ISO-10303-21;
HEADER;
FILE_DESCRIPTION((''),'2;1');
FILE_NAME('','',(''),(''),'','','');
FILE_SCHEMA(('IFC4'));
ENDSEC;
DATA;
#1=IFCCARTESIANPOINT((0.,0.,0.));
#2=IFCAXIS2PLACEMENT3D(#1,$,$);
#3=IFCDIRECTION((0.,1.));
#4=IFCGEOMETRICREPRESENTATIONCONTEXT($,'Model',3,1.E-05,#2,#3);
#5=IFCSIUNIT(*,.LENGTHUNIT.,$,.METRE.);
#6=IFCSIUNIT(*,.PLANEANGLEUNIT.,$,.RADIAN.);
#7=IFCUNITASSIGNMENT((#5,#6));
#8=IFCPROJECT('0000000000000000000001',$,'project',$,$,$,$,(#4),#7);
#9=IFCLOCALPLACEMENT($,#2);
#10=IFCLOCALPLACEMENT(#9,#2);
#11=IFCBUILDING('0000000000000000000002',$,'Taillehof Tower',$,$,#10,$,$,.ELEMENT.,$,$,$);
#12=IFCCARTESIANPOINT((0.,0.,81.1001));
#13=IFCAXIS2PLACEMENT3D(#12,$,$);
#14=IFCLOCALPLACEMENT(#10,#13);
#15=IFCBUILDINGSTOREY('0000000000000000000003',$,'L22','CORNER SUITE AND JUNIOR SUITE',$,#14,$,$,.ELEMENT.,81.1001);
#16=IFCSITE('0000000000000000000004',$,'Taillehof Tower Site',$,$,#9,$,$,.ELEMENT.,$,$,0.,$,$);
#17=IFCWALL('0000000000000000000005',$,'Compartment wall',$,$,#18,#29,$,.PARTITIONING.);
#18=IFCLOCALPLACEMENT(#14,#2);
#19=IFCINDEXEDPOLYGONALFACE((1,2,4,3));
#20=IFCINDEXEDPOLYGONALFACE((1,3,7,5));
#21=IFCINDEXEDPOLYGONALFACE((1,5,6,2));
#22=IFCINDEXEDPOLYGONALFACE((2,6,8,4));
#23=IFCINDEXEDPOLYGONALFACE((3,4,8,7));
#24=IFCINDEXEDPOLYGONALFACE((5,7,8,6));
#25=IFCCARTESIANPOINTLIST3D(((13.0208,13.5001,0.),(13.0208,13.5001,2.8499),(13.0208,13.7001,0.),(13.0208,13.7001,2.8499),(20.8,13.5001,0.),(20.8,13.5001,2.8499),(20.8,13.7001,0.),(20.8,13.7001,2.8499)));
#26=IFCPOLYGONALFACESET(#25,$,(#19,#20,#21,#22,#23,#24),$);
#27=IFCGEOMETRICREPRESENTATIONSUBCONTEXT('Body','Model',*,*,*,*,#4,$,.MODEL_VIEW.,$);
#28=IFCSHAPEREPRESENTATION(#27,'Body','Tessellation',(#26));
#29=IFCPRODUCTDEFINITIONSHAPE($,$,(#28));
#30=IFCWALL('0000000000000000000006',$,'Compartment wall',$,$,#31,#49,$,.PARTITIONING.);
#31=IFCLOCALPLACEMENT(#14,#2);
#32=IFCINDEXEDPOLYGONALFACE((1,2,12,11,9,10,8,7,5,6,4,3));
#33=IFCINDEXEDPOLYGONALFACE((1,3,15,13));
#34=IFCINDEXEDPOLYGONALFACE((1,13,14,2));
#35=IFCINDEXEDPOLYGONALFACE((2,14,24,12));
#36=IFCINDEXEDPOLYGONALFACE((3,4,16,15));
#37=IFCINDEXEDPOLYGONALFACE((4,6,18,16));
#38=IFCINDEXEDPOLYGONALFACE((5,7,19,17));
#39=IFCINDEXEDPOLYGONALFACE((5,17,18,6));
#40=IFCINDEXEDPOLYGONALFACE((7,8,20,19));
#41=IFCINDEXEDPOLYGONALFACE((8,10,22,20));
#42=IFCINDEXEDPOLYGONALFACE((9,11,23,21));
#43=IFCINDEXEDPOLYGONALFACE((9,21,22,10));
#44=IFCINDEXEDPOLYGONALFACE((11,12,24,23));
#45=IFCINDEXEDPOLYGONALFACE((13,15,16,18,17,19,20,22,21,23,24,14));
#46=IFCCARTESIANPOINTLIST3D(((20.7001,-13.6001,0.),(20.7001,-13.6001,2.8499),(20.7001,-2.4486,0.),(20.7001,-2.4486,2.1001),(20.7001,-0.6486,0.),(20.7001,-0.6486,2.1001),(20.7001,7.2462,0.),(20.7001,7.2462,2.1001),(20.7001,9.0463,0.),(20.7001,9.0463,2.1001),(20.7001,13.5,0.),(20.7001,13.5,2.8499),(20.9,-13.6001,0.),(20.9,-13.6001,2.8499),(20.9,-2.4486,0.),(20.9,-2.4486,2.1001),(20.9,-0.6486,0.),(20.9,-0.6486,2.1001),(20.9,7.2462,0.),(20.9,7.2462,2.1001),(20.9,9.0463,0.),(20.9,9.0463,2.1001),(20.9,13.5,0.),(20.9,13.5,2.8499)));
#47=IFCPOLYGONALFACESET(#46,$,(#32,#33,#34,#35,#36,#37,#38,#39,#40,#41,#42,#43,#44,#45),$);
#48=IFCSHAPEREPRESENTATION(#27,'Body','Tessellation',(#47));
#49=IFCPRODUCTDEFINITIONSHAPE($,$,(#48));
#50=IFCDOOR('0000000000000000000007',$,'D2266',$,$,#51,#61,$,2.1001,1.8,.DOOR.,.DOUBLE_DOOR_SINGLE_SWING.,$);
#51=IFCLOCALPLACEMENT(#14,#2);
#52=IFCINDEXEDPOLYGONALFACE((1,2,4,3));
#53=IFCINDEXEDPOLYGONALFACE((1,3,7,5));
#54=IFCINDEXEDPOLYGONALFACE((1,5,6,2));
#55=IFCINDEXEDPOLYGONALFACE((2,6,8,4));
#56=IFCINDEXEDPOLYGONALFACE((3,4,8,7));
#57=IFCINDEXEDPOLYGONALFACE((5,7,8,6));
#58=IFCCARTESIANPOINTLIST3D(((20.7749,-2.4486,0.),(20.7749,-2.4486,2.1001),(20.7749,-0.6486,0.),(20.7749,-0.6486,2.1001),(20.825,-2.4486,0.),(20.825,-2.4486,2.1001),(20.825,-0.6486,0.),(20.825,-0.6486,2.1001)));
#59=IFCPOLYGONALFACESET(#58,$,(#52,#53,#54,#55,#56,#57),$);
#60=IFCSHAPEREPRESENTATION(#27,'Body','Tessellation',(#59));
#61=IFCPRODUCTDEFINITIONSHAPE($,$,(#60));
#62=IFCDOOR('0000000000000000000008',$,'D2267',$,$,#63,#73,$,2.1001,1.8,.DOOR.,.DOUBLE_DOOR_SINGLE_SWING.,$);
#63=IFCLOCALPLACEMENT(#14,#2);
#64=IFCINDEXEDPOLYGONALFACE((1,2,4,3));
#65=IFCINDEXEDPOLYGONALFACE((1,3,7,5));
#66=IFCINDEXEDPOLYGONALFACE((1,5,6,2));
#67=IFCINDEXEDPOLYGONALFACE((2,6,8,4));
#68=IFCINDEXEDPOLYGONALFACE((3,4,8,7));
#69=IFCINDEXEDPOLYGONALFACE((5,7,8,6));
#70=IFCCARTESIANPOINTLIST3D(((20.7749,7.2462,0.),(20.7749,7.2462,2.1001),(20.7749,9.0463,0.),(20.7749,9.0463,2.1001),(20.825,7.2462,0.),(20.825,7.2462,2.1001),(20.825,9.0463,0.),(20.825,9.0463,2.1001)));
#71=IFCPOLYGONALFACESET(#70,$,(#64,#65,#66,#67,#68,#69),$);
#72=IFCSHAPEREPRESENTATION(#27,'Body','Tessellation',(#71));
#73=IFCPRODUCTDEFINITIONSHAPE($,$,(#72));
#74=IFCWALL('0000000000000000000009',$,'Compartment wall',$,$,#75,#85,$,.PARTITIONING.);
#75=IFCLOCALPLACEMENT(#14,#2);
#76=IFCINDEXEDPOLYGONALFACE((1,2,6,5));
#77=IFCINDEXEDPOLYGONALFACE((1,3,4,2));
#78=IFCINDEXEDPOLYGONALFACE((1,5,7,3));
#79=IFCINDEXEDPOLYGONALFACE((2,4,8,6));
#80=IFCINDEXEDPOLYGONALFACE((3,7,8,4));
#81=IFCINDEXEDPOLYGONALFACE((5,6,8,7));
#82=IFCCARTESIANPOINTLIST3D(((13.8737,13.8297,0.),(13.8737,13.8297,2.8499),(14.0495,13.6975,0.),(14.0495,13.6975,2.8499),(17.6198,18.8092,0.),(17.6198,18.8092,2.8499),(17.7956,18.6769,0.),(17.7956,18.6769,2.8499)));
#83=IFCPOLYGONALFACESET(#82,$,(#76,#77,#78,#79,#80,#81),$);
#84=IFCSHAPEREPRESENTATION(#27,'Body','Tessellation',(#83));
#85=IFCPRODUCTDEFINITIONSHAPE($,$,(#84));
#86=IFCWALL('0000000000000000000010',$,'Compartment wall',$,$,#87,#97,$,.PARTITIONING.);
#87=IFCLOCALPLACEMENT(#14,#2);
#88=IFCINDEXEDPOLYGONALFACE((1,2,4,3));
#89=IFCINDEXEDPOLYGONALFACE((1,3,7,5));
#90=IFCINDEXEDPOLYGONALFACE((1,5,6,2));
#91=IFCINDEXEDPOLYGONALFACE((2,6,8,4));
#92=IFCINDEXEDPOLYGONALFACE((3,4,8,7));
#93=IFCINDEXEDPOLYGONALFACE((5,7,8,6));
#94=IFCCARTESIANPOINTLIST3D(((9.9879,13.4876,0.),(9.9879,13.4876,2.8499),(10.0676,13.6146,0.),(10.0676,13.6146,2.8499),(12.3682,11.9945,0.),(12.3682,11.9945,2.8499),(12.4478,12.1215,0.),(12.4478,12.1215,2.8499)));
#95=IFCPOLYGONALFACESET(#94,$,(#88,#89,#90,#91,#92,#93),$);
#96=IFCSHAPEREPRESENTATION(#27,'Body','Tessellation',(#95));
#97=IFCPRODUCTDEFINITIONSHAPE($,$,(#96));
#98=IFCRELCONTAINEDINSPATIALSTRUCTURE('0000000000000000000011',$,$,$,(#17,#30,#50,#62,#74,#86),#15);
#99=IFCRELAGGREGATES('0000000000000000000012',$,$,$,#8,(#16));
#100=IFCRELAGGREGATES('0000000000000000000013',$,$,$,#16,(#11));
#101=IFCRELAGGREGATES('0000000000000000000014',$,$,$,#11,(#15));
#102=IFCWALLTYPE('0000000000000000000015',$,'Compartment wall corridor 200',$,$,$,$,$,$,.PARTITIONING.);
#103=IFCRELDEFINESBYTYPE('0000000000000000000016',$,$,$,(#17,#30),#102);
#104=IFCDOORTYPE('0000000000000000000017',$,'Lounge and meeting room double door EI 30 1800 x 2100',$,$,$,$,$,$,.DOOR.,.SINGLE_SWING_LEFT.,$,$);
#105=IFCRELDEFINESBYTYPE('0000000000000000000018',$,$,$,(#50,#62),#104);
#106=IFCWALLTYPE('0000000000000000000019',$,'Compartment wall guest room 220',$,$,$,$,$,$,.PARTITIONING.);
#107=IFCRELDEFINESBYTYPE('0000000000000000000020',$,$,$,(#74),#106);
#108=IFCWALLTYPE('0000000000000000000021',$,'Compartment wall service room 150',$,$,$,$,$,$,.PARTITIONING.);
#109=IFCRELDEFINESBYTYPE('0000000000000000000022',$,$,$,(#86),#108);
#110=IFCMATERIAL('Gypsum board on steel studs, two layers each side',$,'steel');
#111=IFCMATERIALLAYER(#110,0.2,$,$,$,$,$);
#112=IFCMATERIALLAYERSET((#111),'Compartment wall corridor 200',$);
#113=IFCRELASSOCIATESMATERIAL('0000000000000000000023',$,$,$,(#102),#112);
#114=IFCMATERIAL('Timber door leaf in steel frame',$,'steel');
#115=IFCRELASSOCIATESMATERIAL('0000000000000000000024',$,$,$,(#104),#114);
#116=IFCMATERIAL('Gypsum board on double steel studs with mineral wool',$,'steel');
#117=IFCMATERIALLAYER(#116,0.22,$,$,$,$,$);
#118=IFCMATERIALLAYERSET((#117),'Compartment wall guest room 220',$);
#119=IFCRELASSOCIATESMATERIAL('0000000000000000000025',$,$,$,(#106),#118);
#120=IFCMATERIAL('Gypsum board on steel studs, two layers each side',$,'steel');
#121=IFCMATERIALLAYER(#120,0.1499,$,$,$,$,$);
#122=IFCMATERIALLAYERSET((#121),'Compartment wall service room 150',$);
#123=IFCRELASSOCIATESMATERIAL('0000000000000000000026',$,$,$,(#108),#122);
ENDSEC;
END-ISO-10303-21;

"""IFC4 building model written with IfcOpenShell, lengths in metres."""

from ifc_helpers import new_model, si_unit, direction, frame, frame_2d, origin, place, context, subcontext, project, spatial, rectangle, extrude, material, layer, layer_set, type_object, element, fill, save


model = new_model("IFC4")

# Units and contexts
model_context = context("Model", 3, precision=1e-05, world=origin(), true_north=direction((0.0, 1.0)))
body_context = subcontext(model_context, "Body", "Model", "MODEL_VIEW")
ifc_project = project(units=[si_unit("LENGTHUNIT", "METRE"), si_unit("PLANEANGLEUNIT", "RADIAN")], contexts=[model_context])

# Site, building, storey
site_placement = place(None, origin())
site = spatial("IfcSite", under=ifc_project, at=site_placement, Name="Taillehof Tower Site", CompositionType="ELEMENT", RefElevation=0.0)
building_placement = place(site_placement, origin())
building = spatial("IfcBuilding", under=site, at=building_placement, Name="Taillehof Tower", CompositionType="ELEMENT")
storey_placement = place(building_placement, frame((0.0, 0.0, 81.1001)))
storey = spatial("IfcBuildingStorey", under=building, at=storey_placement, Name="L22", Description="CORNER SUITE AND JUNIOR SUITE", CompositionType="ELEMENT", Elevation=81.1001)

# Shared definitions
ifc_material_1 = material(Name="Gypsum board on steel studs, two layers each side", Category="steel")
ifc_layer_1 = layer(ifc_material_1, 0.2)
ifc_layer_set_1 = layer_set([ifc_layer_1], Name="Compartment wall corridor 200")
wall_type_1 = type_object("IfcWallType", Name="Compartment wall corridor 200", PredefinedType="PARTITIONING", material=ifc_layer_set_1)

# Wall
wall_1_placement = place(storey_placement, frame((13.0208, 13.6001, 0.0), z_axis=(0.0, 0.0, 1.0), x_axis=(1.0, 0.0, 0.0)))
element("IfcWall", 1, at=wall_1_placement, inside=storey, type_object=wall_type_1, Name="Compartment wall", PredefinedType="PARTITIONING", context=body_context, shape_type="SweptSolid", body=[
    extrude(rectangle(XDim=7.7793, YDim=0.2, at=frame_2d((3.8896, 0.0))), origin(), (0.0, 0.0, 1.0), 2.8499),
])

# Wall, openings, doors
wall_2_placement = place(storey_placement, frame((20.8, 13.5, 0.0), z_axis=(0.0, 0.0, 1.0), x_axis=(0.0, -1.0, 0.0)))
wall_2 = element("IfcWall", 2, at=wall_2_placement, inside=storey, type_object=wall_type_1, Name="Compartment wall", PredefinedType="PARTITIONING", context=body_context, shape_type="SweptSolid", body=[
    extrude(rectangle(XDim=27.1001, YDim=0.2, at=frame_2d((13.55, 0.0))), origin(), (0.0, 0.0, 1.0), 2.8499),
])
opening_1_placement = place(wall_2_placement, frame((14.1487, 0.0, 0.0)))
opening_1 = element("IfcOpeningElement", 3, at=opening_1_placement, cuts=wall_2, PredefinedType="OPENING", context=body_context, shape_type="SweptSolid", body=[
    extrude(rectangle(XDim=1.8, YDim=2.1001, at=frame_2d((0.8999, 1.05))), frame((0.0, 0.1099, 0.0), z_axis=(0.0, -1.0, 0.0), x_axis=(1.0, 0.0, 0.0)), (0.0, 0.0, 1.0), 0.22),
])
opening_2_placement = place(wall_2_placement, frame((4.4539, 0.0, 0.0)))
opening_2 = element("IfcOpeningElement", 4, at=opening_2_placement, cuts=wall_2, PredefinedType="OPENING", context=body_context, shape_type="SweptSolid", body=[
    extrude(rectangle(XDim=1.8, YDim=2.1001, at=frame_2d((0.8999, 1.05))), frame((0.0, 0.1099, 0.0), z_axis=(0.0, -1.0, 0.0), x_axis=(1.0, 0.0, 0.0)), (0.0, 0.0, 1.0), 0.22),
])
ifc_material_2 = material(Name="Timber door leaf in steel frame", Category="steel")
door_type_1 = type_object("IfcDoorType", Name="Lounge and meeting room double door EI 30 1800 x 2100", OperationType="SINGLE_SWING_LEFT", PredefinedType="DOOR", material=ifc_material_2)
door_1_placement = place(opening_1_placement, origin())
door_1 = element("IfcDoor", 5, at=door_1_placement, inside=storey, type_object=door_type_1, Name="D2266", OperationType="DOUBLE_DOOR_SINGLE_SWING", OverallHeight=2.1001, OverallWidth=1.8, PredefinedType="DOOR", context=body_context, shape_type="SweptSolid", body=[
    extrude(rectangle(XDim=1.8, YDim=2.1001, at=frame_2d((0.8999, 1.05))), frame((0.0, 0.0249, 0.0), z_axis=(0.0, -1.0, 0.0), x_axis=(1.0, 0.0, 0.0)), (0.0, 0.0, 1.0), 0.05),
])
fill(opening_1, door_1)
door_2_placement = place(opening_2_placement, origin())
door_2 = element("IfcDoor", 6, at=door_2_placement, inside=storey, type_object=door_type_1, Name="D2267", OperationType="DOUBLE_DOOR_SINGLE_SWING", OverallHeight=2.1001, OverallWidth=1.8, PredefinedType="DOOR", context=body_context, shape_type="SweptSolid", body=[
    extrude(rectangle(XDim=1.8, YDim=2.1001, at=frame_2d((0.8999, 1.05))), frame((0.0, 0.0249, 0.0), z_axis=(0.0, -1.0, 0.0), x_axis=(1.0, 0.0, 0.0)), (0.0, 0.0, 1.0), 0.05),
])
fill(opening_2, door_2)

# Walls
ifc_material_3 = material(Name="Gypsum board on double steel studs with mineral wool", Category="steel")
ifc_layer_2 = layer(ifc_material_3, 0.22)
ifc_layer_set_2 = layer_set([ifc_layer_2], Name="Compartment wall guest room 220")
wall_type_2 = type_object("IfcWallType", Name="Compartment wall guest room 220", PredefinedType="PARTITIONING", material=ifc_layer_set_2)
wall_3_placement = place(storey_placement, frame((17.7078, 18.7432, 0.0), z_axis=(0.0, 0.0, 1.0), x_axis=(-0.601178, -0.799115, 0.0)))
element("IfcWall", 7, at=wall_3_placement, inside=storey, type_object=wall_type_2, Name="Compartment wall", PredefinedType="PARTITIONING", context=body_context, shape_type="SweptSolid", body=[
    extrude(rectangle(XDim=6.2312, YDim=0.22, at=frame_2d((3.1157, 0.0))), origin(), (0.0, 0.0, 1.0), 2.8499),
])
ifc_material_4 = material(Name="Gypsum board on steel studs, two layers each side", Category="steel")
ifc_layer_3 = layer(ifc_material_4, 0.1499)
ifc_layer_set_3 = layer_set([ifc_layer_3], Name="Compartment wall service room 150")
wall_type_3 = type_object("IfcWallType", Name="Compartment wall service room 150", PredefinedType="PARTITIONING", material=ifc_layer_set_3)
wall_4_placement = place(storey_placement, frame((10.0278, 13.551, 0.0), z_axis=(0.0, 0.0, 1.0), x_axis=(0.847128, -0.531388, 0.0)))
element("IfcWall", 8, at=wall_4_placement, inside=storey, type_object=wall_type_3, Name="Compartment wall", PredefinedType="PARTITIONING", context=body_context, shape_type="SweptSolid", body=[
    extrude(rectangle(XDim=2.8098, YDim=0.1499, at=frame_2d((1.4048, 0.0))), origin(), (0.0, 0.0, 1.0), 2.8499),
])

save(model, "model.ifc")
